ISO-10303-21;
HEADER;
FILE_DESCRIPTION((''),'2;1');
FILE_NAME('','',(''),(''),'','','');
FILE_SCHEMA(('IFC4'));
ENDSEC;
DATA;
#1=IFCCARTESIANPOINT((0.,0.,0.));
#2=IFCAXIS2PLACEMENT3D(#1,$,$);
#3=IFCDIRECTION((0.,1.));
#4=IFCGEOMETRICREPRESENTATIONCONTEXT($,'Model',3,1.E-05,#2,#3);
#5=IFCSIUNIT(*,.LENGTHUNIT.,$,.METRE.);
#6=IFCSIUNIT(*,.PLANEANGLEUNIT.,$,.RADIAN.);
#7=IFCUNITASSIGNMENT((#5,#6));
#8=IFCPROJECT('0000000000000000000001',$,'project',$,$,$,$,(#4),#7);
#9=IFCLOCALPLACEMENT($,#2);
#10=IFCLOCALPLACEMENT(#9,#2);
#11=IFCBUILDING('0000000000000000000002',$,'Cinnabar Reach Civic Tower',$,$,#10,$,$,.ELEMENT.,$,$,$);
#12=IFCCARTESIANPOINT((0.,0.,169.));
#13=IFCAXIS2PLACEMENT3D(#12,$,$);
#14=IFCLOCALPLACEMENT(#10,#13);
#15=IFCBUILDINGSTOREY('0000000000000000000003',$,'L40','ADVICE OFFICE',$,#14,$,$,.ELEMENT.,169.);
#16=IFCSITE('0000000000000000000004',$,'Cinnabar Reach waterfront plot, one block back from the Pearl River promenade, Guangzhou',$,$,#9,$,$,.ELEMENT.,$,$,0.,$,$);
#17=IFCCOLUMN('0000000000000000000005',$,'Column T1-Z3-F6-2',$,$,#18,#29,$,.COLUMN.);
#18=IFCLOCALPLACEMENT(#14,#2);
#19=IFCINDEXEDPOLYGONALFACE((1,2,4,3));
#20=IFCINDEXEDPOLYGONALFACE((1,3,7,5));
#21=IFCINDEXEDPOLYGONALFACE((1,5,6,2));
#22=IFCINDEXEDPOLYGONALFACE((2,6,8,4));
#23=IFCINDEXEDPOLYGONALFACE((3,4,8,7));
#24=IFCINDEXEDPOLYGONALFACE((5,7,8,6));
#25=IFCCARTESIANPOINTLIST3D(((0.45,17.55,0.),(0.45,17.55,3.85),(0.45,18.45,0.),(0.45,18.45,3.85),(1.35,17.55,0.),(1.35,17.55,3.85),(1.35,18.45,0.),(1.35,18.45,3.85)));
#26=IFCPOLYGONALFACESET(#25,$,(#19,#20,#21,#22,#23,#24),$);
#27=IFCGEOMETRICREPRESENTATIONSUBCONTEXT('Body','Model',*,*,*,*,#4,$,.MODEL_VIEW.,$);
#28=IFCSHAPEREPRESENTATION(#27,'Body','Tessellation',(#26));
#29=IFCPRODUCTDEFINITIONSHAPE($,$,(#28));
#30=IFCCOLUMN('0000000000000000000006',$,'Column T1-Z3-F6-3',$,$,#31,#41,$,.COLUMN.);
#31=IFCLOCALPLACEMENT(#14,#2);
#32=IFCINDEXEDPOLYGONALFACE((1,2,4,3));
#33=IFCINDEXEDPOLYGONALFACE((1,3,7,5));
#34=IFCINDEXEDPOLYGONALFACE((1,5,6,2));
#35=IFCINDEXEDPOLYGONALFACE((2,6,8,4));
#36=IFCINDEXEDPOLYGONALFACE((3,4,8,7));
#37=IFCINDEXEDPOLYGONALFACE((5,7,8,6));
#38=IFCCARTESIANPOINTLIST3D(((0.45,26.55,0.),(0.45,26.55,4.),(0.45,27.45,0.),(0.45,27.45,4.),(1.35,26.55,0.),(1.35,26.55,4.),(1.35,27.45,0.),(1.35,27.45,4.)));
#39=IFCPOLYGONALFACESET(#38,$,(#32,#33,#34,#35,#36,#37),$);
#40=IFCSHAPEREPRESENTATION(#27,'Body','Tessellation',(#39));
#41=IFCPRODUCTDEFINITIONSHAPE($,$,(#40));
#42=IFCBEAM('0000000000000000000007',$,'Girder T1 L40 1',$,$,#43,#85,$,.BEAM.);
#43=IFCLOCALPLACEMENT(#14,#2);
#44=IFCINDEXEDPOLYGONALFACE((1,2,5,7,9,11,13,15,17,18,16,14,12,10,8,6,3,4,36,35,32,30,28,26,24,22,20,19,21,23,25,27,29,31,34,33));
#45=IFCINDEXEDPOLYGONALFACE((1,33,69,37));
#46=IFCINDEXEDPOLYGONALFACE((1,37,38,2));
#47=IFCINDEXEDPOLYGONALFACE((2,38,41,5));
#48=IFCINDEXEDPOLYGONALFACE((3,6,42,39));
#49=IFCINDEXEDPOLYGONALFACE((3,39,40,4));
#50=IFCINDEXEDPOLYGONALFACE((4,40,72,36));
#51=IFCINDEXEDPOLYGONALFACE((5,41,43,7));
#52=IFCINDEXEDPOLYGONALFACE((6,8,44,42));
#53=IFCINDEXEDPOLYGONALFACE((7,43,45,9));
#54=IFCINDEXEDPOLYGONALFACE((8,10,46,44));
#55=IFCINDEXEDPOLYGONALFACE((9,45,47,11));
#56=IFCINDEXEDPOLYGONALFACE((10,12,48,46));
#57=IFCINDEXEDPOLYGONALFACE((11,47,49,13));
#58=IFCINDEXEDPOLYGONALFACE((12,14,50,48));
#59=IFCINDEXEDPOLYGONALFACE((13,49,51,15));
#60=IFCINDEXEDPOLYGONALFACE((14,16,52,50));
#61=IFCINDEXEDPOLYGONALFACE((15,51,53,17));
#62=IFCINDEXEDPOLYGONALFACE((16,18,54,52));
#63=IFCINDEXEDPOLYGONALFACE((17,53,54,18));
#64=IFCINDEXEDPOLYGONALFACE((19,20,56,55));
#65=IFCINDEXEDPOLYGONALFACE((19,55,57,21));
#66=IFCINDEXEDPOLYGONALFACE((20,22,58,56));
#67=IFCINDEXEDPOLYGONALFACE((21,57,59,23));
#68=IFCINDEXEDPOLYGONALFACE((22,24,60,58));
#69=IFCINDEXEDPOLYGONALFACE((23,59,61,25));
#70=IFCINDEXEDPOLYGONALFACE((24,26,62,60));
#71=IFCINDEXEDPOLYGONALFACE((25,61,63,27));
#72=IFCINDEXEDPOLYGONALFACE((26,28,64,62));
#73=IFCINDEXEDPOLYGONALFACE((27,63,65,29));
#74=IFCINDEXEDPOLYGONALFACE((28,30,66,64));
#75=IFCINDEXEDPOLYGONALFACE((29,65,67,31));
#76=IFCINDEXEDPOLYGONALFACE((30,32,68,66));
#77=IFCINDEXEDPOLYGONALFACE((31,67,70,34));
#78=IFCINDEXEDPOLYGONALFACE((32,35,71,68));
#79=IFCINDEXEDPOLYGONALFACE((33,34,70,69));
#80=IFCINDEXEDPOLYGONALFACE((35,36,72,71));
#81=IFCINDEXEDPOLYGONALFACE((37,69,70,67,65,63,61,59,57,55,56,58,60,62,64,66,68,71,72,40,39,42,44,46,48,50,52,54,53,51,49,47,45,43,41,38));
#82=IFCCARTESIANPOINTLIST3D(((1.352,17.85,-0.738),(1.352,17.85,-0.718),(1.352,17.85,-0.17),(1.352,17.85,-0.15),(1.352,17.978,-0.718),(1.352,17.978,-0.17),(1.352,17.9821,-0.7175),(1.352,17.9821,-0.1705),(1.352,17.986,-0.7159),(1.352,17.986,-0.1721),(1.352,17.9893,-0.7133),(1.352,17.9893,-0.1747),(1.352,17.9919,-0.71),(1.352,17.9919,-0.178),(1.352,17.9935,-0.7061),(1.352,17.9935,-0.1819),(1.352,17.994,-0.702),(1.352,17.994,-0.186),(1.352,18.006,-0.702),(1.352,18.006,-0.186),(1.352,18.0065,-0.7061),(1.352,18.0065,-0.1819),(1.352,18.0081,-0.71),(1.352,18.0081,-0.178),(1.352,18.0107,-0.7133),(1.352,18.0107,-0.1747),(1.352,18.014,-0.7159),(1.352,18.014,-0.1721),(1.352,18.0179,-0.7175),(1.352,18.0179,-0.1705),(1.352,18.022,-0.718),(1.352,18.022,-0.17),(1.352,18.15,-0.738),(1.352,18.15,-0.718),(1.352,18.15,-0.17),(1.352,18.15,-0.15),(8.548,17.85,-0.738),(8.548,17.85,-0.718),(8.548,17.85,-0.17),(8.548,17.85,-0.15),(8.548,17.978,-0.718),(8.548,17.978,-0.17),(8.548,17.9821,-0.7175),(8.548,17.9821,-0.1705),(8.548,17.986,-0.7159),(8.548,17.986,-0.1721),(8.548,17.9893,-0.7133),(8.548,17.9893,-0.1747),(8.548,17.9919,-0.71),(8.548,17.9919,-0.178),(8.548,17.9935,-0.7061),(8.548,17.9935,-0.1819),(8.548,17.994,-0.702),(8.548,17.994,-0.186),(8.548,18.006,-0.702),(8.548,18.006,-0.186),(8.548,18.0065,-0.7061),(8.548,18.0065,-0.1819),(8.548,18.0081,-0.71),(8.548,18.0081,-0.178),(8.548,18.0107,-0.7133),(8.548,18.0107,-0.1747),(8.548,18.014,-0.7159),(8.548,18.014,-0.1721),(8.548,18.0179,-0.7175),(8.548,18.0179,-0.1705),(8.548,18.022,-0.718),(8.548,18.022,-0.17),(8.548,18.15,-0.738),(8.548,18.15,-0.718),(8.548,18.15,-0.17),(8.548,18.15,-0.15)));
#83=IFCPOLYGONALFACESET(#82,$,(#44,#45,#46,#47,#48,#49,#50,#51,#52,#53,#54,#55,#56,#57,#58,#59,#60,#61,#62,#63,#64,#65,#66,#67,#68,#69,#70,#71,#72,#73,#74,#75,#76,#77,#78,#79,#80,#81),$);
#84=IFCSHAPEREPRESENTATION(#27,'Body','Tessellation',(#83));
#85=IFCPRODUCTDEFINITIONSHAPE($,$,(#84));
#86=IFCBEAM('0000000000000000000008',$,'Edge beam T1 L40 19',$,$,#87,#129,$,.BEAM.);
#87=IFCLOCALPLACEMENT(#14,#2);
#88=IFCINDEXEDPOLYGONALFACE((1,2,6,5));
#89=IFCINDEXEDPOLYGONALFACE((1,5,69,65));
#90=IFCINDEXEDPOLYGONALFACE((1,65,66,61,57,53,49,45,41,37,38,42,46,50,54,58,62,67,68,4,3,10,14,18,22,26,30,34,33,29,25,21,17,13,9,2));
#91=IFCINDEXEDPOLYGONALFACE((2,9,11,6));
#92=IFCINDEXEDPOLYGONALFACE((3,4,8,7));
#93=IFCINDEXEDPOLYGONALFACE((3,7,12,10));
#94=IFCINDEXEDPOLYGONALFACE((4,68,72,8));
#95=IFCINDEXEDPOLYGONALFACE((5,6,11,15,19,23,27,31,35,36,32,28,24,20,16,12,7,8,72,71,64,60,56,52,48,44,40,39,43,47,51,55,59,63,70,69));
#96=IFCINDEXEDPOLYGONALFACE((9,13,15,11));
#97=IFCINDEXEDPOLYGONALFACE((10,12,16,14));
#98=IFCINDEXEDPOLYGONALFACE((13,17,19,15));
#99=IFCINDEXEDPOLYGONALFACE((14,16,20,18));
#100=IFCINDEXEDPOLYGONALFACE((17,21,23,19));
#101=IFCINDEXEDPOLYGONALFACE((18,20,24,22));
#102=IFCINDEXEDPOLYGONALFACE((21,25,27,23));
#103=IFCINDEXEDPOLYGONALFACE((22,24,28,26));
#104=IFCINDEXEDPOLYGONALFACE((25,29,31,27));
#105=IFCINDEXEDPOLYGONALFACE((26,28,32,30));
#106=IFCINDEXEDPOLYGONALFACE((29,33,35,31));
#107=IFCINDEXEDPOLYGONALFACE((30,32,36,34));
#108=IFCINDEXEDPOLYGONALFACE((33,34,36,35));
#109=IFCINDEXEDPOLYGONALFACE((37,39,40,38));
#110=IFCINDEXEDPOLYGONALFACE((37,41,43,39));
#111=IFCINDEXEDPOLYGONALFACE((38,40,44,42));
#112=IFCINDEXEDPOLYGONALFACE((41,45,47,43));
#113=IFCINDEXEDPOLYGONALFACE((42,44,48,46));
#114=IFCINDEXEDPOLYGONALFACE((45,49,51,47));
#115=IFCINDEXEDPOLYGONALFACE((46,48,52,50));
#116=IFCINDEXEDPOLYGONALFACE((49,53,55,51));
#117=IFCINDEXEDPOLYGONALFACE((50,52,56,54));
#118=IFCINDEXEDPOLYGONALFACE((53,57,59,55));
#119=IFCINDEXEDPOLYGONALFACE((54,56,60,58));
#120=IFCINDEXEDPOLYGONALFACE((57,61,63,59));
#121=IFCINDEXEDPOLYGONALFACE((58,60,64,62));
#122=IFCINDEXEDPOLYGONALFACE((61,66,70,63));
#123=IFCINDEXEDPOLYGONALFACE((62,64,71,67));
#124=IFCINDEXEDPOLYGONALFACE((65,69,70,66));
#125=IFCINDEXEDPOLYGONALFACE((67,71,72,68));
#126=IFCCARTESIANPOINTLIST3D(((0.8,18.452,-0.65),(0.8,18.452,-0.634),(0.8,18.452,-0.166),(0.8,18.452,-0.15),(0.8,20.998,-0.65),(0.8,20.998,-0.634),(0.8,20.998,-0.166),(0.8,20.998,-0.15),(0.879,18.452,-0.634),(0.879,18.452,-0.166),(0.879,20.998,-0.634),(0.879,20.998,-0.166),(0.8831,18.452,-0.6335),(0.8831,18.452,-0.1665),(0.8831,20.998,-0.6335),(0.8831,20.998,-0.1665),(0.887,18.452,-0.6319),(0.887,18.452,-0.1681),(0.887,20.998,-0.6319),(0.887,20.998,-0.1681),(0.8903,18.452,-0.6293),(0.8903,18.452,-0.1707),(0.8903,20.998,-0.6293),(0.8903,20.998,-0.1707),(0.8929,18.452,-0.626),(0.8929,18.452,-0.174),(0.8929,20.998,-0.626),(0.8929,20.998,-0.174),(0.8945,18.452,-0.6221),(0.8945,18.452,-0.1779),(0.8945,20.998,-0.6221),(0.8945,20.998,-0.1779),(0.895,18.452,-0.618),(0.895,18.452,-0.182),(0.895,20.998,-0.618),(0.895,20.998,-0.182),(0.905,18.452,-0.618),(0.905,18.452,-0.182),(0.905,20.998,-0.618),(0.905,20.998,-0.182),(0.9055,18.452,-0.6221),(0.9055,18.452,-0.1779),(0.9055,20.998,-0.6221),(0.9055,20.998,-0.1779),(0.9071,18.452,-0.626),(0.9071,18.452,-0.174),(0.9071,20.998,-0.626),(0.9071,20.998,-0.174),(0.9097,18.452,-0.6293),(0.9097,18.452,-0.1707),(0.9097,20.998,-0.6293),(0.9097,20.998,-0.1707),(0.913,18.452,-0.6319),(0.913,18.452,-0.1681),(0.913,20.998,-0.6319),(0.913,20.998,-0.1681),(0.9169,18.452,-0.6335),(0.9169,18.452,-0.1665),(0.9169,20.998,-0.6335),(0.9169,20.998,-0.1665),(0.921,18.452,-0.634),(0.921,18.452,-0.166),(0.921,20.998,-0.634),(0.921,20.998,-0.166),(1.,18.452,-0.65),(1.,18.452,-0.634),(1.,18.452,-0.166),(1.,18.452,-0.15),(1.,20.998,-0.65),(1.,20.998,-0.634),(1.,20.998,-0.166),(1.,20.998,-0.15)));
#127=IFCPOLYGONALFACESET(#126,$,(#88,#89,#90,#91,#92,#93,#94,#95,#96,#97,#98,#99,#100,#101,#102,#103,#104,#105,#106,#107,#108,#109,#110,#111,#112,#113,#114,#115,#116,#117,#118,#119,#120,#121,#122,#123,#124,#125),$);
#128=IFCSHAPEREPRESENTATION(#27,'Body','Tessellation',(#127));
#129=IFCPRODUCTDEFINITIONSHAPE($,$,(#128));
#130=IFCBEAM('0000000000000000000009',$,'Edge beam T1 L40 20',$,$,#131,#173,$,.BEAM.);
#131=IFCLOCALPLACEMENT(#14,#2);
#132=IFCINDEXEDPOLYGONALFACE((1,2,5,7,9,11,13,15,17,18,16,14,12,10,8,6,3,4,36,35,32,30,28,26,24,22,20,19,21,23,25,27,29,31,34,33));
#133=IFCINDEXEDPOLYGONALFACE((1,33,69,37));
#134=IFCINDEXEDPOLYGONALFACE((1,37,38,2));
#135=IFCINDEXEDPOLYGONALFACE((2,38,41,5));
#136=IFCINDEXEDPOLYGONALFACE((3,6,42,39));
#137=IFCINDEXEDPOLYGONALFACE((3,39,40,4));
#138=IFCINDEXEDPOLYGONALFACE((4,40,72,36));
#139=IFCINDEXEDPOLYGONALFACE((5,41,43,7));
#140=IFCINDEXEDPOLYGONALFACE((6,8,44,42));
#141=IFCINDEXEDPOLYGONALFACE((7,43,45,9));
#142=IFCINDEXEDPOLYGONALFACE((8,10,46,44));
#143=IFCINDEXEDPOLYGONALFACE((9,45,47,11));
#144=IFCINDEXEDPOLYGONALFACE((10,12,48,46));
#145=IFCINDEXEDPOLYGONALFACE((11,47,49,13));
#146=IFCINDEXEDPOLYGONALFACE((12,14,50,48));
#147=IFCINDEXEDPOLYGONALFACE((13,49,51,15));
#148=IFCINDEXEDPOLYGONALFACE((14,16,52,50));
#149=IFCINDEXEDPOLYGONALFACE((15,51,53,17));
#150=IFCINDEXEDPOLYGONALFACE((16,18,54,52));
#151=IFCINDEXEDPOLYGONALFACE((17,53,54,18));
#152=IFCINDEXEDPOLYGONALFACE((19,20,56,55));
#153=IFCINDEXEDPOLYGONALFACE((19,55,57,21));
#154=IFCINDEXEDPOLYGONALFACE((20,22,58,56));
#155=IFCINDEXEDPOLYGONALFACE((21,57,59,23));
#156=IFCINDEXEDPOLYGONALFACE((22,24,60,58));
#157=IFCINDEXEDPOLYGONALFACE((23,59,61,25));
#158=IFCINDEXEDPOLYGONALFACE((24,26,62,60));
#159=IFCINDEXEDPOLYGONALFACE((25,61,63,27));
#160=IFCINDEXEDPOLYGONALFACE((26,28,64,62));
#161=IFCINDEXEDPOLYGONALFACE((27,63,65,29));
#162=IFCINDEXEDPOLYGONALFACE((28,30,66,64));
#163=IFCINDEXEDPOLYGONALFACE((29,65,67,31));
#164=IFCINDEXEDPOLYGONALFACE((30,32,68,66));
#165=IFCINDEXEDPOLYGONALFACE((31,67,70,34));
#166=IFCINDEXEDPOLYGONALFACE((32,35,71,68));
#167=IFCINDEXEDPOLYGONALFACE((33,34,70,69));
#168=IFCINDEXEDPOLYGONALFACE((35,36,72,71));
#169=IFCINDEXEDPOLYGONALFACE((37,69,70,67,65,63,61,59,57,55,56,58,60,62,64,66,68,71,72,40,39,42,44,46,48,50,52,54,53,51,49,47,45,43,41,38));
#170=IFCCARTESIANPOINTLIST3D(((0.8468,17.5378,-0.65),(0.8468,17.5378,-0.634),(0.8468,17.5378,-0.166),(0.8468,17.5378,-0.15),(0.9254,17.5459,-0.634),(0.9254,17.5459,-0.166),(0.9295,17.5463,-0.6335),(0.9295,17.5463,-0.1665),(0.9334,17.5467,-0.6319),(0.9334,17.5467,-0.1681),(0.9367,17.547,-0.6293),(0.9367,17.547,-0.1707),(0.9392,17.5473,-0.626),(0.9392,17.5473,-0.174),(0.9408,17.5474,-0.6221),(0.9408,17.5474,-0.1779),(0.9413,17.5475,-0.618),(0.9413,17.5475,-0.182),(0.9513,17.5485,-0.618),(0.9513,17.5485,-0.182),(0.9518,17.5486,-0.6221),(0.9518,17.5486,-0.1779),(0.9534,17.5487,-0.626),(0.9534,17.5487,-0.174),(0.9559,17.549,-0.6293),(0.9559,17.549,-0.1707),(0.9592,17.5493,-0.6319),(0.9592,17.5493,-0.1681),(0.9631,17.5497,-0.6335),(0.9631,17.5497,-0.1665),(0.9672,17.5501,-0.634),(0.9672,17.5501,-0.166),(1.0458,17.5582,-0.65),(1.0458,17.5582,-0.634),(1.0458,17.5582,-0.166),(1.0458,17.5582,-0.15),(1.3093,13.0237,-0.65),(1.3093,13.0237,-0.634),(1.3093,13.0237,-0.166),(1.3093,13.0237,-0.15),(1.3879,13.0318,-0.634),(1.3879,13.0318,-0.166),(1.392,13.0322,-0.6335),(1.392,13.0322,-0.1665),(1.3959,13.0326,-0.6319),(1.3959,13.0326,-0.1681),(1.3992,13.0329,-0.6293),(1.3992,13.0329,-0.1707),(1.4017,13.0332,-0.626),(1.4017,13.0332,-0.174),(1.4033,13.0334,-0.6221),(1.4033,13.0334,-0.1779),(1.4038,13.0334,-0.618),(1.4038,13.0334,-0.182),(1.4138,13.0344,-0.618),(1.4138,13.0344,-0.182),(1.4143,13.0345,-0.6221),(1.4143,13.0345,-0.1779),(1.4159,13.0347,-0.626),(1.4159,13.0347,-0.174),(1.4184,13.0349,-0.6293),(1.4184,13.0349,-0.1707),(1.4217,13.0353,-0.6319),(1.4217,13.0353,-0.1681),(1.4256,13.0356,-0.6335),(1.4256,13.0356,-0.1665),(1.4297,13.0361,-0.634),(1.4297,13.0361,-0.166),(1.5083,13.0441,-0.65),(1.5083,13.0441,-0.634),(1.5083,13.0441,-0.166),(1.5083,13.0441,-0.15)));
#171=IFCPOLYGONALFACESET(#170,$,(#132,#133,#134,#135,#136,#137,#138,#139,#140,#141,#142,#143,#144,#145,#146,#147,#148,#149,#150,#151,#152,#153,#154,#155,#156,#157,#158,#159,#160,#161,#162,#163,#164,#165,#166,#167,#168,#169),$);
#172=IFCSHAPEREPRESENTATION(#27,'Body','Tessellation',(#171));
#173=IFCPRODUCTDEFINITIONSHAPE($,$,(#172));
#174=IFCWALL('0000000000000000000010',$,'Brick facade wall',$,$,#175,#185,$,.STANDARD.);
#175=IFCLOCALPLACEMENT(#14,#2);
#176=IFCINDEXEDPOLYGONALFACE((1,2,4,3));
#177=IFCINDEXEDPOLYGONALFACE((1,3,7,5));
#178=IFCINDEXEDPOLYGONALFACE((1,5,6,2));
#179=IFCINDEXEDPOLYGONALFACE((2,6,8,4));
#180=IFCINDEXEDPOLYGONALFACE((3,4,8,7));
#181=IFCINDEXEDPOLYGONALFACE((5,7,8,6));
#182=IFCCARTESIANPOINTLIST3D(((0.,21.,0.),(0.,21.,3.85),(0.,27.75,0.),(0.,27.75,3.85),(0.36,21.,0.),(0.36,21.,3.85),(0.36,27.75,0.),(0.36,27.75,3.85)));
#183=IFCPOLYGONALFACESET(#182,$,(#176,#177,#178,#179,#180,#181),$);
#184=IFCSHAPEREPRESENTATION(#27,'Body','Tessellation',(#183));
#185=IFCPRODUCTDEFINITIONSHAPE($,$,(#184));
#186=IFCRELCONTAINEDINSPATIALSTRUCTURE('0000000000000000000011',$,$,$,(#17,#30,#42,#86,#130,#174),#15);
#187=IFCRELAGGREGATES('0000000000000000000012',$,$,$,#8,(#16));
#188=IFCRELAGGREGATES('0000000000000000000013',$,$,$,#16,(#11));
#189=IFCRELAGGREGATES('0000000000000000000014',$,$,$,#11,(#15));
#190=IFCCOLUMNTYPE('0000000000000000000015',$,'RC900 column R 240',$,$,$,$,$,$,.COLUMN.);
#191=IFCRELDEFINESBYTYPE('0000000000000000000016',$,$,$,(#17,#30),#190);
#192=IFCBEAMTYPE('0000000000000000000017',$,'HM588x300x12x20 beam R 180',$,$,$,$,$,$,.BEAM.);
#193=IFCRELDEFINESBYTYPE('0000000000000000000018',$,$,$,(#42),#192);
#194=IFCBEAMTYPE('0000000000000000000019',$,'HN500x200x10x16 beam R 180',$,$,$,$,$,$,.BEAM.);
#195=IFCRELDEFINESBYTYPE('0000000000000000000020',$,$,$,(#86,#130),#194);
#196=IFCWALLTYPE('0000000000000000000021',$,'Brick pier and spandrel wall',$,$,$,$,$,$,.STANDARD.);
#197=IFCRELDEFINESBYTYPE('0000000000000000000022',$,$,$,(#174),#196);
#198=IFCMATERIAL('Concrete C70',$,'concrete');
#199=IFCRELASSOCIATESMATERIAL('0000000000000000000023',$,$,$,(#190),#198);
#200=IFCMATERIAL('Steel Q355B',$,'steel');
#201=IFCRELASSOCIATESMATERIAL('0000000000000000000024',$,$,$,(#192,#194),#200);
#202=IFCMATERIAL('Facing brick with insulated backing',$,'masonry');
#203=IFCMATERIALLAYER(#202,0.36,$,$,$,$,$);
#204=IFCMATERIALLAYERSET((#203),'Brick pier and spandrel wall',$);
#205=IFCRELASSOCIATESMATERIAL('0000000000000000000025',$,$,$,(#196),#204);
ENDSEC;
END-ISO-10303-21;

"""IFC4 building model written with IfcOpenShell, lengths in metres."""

from ifc_helpers import new_model, si_unit, direction, frame, frame_2d, origin, origin_2d, place, context, subcontext, project, spatial, rectangle, i_section, extrude, material, layer, layer_set, material_profile, profile_set, type_object, element, save


model = new_model("IFC4")

# Units and contexts
model_context = context("Model", 3, precision=1e-05, world=origin(), true_north=direction((0.0, 1.0)))
body_context = subcontext(model_context, "Body", "Model", "MODEL_VIEW")
ifc_project = project(units=[si_unit("LENGTHUNIT", "METRE"), si_unit("PLANEANGLEUNIT", "RADIAN")], contexts=[model_context])

# Site, building, storey
site_placement = place(None, origin())
site = spatial("IfcSite", under=ifc_project, at=site_placement, Name="Cinnabar Reach waterfront plot, one block back from the Pearl River promenade, Guangzhou", CompositionType="ELEMENT", RefElevation=0.0)
building_placement = place(site_placement, origin())
building = spatial("IfcBuilding", under=site, at=building_placement, Name="Cinnabar Reach Civic Tower", CompositionType="ELEMENT")
storey_placement = place(building_placement, frame((0.0, 0.0, 169.0)))
storey = spatial("IfcBuildingStorey", under=building, at=storey_placement, Name="L40", Description="ADVICE OFFICE", CompositionType="ELEMENT", Elevation=169.0)

# Columns
ifc_material_1 = material(Name="Concrete C70", Category="concrete")
ifc_material_profile_1 = material_profile(ifc_material_1, rectangle(XDim=0.9, YDim=0.9, at=origin_2d()), Name="RC900")
ifc_profile_set_1 = profile_set([ifc_material_profile_1], Name="Concrete C70")
column_type = type_object("IfcColumnType", Name="RC900 column R 240", PredefinedType="COLUMN", material=ifc_profile_set_1)
column_1_placement = place(storey_placement, frame((0.9, 18.0, 0.0), z_axis=(0.0, 0.0, 1.0), x_axis=(1.0, 0.0, 0.0)))
element("IfcColumn", 1, at=column_1_placement, inside=storey, type_object=column_type, Name="Column T1-Z3-F6-2", PredefinedType="COLUMN", context=body_context, shape_type="SweptSolid", body=[
    extrude(rectangle(XDim=0.9, YDim=0.9, at=origin_2d()), origin(), (0.0, 0.0, 1.0), 3.85),
])
column_2_placement = place(storey_placement, frame((0.9, 27.0, 0.0), z_axis=(0.0, 0.0, 1.0), x_axis=(1.0, 0.0, 0.0)))
element("IfcColumn", 2, at=column_2_placement, inside=storey, type_object=column_type, Name="Column T1-Z3-F6-3", PredefinedType="COLUMN", context=body_context, shape_type="SweptSolid", body=[
    extrude(rectangle(XDim=0.9, YDim=0.9, at=origin_2d()), origin(), (0.0, 0.0, 1.0), 4.0),
])

# Beams
ifc_material_2 = material(Name="Steel Q355B", Category="steel")
ifc_material_profile_2 = material_profile(ifc_material_2, i_section(OverallWidth=0.3, OverallDepth=0.588, WebThickness=0.012, FlangeThickness=0.02, FilletRadius=0.016, at=origin_2d()), Name="HM588x300x12x20")
ifc_profile_set_2 = profile_set([ifc_material_profile_2], Name="Steel Q355B")
beam_type_1 = type_object("IfcBeamType", Name="HM588x300x12x20 beam R 180", PredefinedType="BEAM", material=ifc_profile_set_2)
beam_1_placement = place(storey_placement, frame((1.352, 18.0, -0.444), z_axis=(1.0, 0.0, 0.0), x_axis=(0.0, 1.0, 0.0)))
element("IfcBeam", 3, at=beam_1_placement, inside=storey, type_object=beam_type_1, Name="Girder T1 L40 1", PredefinedType="BEAM", context=body_context, shape_type="SweptSolid", body=[
    extrude(i_section(OverallWidth=0.3, OverallDepth=0.588, WebThickness=0.012, FlangeThickness=0.02, FilletRadius=0.016, at=origin_2d()), origin(), (0.0, 0.0, 1.0), 7.196),
])
ifc_material_profile_3 = material_profile(ifc_material_2, i_section(OverallWidth=0.2, OverallDepth=0.5, WebThickness=0.01, FlangeThickness=0.016, FilletRadius=0.016, at=origin_2d()), Name="HN500x200x10x16")
ifc_profile_set_3 = profile_set([ifc_material_profile_3], Name="Steel Q355B")
beam_type_2 = type_object("IfcBeamType", Name="HN500x200x10x16 beam R 180", PredefinedType="BEAM", material=ifc_profile_set_3)
beam_2_placement = place(storey_placement, frame((0.9, 20.998, -0.4), z_axis=(0.0, -1.0, 0.0), x_axis=(1.0, 0.0, 0.0)))
element("IfcBeam", 4, at=beam_2_placement, inside=storey, type_object=beam_type_2, Name="Edge beam T1 L40 19", PredefinedType="BEAM", context=body_context, shape_type="SweptSolid", body=[
    extrude(i_section(OverallWidth=0.2, OverallDepth=0.5, WebThickness=0.01, FlangeThickness=0.016, FilletRadius=0.016, at=origin_2d()), origin(), (0.0, 0.0, 1.0), 2.546),
])
beam_3_placement = place(storey_placement, frame((0.9463, 17.548, -0.4), z_axis=(0.101923, -0.994792, 0.0), x_axis=(0.994792, 0.101923, 0.0)))
element("IfcBeam", 5, at=beam_3_placement, inside=storey, type_object=beam_type_2, Name="Edge beam T1 L40 20", PredefinedType="BEAM", context=body_context, shape_type="SweptSolid", body=[
    extrude(i_section(OverallWidth=0.2, OverallDepth=0.5, WebThickness=0.01, FlangeThickness=0.016, FilletRadius=0.016, at=origin_2d()), origin(), (0.0, 0.0, 1.0), 4.5377),
])

# Wall
ifc_material_3 = material(Name="Facing brick with insulated backing", Category="masonry")
ifc_layer_1 = layer(ifc_material_3, 0.36)
ifc_layer_set_1 = layer_set([ifc_layer_1], Name="Brick pier and spandrel wall")
wall_type_1 = type_object("IfcWallType", Name="Brick pier and spandrel wall", PredefinedType="STANDARD", material=ifc_layer_set_1)
wall_1_placement = place(storey_placement, frame((0.18, 27.75, 0.0), z_axis=(0.0, 0.0, 1.0), x_axis=(0.0, -1.0, 0.0)))
element("IfcWall", 6, at=wall_1_placement, inside=storey, type_object=wall_type_1, Name="Brick facade wall", PredefinedType="STANDARD", context=body_context, shape_type="SweptSolid", body=[
    extrude(rectangle(XDim=6.75, YDim=0.36, at=frame_2d((3.375, 0.0))), origin(), (0.0, 0.0, 1.0), 3.85),
])

save(model, "model.ifc")
